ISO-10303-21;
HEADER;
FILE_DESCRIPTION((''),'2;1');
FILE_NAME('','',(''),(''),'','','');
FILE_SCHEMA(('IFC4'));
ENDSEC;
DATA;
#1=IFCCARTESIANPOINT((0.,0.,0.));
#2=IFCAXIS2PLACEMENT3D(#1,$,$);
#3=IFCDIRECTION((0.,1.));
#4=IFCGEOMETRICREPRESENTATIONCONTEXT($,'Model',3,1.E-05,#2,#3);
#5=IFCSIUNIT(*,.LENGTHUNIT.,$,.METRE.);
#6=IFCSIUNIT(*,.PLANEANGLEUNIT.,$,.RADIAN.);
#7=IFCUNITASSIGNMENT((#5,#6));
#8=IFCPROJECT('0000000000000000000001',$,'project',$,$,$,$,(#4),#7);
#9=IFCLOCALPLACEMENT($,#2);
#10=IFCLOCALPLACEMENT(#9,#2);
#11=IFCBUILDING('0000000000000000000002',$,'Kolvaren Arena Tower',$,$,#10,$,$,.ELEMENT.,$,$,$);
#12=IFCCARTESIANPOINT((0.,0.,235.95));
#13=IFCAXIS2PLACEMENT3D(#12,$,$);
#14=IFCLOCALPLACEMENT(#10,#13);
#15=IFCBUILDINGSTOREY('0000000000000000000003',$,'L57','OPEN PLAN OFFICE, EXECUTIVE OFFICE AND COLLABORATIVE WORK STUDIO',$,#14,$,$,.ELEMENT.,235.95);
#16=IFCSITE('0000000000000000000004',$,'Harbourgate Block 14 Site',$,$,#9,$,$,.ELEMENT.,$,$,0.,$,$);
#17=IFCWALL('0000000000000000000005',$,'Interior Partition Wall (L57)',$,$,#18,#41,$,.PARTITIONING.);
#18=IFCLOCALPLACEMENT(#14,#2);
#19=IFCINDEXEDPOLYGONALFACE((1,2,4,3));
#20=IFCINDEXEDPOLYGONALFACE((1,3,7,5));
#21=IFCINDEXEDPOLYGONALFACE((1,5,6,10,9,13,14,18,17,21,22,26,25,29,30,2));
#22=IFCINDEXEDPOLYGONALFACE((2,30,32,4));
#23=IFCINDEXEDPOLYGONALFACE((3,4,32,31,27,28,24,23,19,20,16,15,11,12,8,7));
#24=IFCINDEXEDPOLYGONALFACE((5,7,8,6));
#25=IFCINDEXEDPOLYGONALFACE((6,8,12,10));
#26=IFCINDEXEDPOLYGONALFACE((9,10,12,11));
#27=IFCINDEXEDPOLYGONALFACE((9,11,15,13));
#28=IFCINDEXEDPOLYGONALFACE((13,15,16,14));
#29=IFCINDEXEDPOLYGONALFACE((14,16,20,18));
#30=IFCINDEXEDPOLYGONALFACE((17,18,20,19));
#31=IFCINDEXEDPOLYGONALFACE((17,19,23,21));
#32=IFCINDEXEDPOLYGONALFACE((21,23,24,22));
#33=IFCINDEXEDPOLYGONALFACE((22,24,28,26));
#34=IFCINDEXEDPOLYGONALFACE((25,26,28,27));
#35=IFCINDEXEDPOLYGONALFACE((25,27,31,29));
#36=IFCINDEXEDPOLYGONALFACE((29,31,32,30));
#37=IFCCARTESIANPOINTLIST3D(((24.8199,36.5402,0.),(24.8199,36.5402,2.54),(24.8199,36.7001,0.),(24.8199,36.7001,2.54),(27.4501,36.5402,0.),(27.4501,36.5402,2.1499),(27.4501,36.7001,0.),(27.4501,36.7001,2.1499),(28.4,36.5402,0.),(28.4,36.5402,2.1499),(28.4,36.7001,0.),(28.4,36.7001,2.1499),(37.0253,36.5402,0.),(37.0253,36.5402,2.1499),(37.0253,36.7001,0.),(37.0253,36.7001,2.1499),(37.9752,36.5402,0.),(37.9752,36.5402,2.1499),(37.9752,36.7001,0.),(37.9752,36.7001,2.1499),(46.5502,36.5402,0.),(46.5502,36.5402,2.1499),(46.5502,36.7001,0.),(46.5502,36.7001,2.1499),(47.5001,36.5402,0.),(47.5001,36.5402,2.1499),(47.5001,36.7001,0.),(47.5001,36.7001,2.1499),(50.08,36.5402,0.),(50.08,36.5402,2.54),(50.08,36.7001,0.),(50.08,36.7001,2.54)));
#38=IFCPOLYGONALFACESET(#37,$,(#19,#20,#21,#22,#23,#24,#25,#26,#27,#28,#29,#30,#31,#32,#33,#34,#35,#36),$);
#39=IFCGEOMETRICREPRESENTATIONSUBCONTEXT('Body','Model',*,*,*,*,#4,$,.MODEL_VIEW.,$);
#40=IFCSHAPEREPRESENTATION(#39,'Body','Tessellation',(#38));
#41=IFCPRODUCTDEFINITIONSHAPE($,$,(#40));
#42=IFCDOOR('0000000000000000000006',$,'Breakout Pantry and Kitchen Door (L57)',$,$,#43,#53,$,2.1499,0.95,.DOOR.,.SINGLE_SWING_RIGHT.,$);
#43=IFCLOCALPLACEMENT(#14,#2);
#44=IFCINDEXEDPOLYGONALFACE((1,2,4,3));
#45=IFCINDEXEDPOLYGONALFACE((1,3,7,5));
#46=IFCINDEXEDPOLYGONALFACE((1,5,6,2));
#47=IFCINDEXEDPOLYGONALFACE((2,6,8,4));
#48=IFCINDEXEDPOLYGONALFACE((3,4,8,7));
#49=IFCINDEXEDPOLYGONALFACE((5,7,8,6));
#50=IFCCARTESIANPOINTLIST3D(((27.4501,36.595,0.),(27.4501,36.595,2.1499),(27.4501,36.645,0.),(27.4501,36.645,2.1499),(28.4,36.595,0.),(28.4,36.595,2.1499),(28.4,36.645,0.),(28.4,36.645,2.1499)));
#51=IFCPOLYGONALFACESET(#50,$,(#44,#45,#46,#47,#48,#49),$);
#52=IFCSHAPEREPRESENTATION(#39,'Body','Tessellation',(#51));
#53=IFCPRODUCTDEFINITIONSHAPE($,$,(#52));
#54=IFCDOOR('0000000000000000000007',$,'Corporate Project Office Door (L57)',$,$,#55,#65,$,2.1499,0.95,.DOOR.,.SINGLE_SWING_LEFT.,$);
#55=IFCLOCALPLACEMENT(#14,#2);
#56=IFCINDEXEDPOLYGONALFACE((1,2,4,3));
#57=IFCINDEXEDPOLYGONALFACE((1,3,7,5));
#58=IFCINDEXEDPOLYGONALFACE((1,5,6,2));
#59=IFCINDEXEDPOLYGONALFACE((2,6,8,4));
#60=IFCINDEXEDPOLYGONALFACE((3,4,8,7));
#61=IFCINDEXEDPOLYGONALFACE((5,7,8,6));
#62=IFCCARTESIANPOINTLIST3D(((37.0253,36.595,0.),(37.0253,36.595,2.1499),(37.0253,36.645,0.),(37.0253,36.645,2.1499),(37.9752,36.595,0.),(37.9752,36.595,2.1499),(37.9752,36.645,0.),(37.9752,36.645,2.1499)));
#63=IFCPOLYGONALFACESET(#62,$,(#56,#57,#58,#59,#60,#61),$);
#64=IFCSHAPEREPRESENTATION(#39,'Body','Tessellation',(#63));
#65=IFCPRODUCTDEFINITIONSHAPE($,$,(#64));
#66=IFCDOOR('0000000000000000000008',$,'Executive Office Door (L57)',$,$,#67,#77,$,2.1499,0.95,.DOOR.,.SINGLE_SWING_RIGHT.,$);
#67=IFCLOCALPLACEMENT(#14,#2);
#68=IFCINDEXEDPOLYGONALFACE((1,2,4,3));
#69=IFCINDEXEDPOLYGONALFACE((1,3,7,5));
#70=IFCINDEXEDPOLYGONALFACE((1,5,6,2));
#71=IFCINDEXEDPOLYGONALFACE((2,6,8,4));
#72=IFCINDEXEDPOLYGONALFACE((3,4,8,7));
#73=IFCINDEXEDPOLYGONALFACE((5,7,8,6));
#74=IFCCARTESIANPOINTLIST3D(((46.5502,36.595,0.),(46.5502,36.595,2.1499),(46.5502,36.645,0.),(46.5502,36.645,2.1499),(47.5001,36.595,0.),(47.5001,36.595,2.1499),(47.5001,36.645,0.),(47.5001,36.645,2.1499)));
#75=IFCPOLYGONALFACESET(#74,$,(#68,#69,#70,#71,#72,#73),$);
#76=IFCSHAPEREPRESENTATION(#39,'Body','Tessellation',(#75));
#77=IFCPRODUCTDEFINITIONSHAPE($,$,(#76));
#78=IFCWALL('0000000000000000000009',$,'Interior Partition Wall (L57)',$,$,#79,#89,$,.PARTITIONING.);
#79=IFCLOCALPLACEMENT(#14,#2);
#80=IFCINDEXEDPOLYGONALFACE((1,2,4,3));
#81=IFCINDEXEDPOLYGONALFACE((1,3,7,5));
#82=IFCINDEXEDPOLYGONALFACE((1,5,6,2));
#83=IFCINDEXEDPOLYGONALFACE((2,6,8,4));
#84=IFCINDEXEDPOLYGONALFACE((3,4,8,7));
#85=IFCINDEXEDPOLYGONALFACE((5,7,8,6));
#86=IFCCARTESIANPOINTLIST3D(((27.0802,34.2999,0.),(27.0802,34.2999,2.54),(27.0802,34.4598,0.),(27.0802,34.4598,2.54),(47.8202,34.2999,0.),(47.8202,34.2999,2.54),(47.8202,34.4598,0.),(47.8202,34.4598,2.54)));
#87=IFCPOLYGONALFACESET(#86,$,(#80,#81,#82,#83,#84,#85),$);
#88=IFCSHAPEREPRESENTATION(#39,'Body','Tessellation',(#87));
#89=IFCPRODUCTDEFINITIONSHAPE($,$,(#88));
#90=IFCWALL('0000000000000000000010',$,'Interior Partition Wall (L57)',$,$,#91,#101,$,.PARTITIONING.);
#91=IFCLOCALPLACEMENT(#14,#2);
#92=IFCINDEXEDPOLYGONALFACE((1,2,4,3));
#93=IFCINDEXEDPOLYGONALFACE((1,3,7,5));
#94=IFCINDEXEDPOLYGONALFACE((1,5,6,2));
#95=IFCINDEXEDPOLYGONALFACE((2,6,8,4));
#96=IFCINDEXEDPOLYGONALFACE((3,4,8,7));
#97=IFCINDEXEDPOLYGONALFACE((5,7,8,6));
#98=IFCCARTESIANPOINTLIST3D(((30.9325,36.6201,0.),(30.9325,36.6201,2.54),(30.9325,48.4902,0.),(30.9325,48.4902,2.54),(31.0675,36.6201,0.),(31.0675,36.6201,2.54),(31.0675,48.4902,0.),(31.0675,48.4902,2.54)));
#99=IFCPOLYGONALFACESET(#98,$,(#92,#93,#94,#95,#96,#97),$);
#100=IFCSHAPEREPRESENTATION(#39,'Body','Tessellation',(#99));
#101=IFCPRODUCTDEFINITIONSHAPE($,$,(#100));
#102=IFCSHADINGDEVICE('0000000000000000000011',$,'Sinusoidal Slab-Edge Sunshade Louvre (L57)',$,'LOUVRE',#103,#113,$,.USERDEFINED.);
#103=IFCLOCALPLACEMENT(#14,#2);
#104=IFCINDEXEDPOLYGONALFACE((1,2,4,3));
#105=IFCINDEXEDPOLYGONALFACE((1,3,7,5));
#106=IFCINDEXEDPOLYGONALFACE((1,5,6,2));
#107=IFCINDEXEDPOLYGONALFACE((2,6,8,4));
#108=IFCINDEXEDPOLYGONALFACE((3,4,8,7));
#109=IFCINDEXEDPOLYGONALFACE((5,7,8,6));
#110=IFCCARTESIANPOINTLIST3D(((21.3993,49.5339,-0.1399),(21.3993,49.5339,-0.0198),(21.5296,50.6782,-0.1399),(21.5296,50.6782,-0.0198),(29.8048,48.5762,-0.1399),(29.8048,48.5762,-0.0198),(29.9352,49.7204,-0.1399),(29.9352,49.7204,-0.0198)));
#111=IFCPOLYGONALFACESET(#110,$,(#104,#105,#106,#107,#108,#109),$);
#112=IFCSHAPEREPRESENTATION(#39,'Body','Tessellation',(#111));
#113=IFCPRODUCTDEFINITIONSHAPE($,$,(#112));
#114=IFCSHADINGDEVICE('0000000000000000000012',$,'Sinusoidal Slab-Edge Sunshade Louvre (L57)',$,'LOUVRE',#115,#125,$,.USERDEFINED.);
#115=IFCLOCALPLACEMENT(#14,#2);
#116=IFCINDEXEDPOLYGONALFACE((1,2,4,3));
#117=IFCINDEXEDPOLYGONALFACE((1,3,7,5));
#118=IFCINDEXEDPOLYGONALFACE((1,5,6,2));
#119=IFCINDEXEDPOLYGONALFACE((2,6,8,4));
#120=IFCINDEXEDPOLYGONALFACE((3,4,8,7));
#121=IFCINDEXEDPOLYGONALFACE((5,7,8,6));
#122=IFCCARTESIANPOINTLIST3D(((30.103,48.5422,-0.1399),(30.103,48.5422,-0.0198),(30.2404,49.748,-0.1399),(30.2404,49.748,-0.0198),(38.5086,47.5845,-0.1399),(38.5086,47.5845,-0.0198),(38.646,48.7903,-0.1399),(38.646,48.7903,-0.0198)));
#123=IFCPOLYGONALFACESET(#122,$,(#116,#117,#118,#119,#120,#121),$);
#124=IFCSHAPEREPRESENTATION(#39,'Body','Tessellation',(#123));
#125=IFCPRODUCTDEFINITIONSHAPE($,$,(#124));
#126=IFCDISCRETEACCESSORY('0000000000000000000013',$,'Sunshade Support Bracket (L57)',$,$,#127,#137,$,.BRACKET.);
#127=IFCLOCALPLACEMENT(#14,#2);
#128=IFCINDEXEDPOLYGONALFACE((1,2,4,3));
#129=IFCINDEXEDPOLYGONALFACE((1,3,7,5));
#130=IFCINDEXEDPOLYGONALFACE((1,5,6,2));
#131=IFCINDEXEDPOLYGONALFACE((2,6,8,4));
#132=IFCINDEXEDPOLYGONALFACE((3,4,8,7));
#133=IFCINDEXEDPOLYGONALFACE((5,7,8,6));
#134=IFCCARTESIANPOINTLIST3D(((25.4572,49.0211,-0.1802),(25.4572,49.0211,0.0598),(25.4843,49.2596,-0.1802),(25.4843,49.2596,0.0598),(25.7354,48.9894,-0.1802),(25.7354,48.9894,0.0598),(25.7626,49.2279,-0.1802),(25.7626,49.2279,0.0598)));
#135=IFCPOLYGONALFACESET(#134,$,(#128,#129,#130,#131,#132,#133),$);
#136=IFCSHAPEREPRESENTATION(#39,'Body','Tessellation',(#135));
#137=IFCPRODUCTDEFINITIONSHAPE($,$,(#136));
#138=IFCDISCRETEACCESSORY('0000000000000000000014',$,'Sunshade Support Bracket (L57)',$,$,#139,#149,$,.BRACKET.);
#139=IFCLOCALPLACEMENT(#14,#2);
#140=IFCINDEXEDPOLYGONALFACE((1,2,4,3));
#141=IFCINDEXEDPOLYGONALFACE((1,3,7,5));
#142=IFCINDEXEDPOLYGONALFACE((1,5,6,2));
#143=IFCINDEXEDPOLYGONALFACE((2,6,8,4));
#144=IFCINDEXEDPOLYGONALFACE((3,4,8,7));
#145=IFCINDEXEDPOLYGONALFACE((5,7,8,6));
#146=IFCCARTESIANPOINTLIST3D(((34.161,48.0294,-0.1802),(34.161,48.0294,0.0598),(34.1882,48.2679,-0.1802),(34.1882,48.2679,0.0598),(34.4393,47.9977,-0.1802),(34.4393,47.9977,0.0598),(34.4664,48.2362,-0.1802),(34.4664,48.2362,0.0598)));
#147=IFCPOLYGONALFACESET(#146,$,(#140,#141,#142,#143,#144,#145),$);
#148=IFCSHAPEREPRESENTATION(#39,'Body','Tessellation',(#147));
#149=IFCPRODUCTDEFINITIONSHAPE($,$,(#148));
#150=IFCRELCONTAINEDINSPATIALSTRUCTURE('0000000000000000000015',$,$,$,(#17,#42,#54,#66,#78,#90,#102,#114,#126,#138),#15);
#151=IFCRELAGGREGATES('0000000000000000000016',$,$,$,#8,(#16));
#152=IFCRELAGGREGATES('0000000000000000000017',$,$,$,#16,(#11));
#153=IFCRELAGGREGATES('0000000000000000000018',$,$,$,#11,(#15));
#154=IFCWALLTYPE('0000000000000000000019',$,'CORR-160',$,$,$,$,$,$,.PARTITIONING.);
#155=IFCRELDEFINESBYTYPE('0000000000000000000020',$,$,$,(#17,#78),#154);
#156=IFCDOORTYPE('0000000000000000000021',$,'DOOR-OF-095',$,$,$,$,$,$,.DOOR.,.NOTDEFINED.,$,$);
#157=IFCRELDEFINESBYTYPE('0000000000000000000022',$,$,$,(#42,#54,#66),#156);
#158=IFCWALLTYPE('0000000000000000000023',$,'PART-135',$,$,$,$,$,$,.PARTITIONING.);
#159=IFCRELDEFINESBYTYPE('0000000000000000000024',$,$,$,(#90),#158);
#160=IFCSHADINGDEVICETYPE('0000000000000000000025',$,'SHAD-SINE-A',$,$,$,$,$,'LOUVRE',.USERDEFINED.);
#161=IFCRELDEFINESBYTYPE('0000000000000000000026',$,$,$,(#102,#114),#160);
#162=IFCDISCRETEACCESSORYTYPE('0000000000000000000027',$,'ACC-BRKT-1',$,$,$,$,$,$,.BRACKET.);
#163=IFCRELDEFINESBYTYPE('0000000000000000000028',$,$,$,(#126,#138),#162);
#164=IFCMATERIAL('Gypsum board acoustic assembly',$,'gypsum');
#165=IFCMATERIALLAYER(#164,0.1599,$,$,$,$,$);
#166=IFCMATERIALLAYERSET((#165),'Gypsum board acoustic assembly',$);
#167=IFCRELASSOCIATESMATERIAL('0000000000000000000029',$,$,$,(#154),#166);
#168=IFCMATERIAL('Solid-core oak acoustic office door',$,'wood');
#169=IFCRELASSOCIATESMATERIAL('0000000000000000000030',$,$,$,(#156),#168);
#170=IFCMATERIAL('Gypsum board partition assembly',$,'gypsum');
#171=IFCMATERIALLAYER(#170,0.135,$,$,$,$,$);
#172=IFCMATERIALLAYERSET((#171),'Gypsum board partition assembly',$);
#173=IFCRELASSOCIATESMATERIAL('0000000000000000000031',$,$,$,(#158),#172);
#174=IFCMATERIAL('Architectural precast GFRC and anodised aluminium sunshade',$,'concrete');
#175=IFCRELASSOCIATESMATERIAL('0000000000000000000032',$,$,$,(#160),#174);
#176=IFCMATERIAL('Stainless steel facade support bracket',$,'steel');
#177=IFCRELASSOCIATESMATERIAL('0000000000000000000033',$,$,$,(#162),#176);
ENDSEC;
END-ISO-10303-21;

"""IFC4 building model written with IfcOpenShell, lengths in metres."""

from ifc_helpers import new_model, si_unit, direction, frame, frame_2d, origin, origin_2d, place, context, subcontext, project, spatial, rectangle, extrude, material, layer, layer_set, type_object, element, fill, save


model = new_model("IFC4")

# Units and contexts
model_context = context("Model", 3, precision=1e-05, world=origin(), true_north=direction((0.0, 1.0)))
body_context = subcontext(model_context, "Body", "Model", "MODEL_VIEW")
ifc_project = project(units=[si_unit("LENGTHUNIT", "METRE"), si_unit("PLANEANGLEUNIT", "RADIAN")], contexts=[model_context])

# Site, building, storey
site_placement = place(None, origin())
site = spatial("IfcSite", under=ifc_project, at=site_placement, Name="Harbourgate Block 14 Site", CompositionType="ELEMENT", RefElevation=0.0)
building_placement = place(site_placement, origin())
building = spatial("IfcBuilding", under=site, at=building_placement, Name="Kolvaren Arena Tower", CompositionType="ELEMENT")
storey_placement = place(building_placement, frame((0.0, 0.0, 235.95)))
storey = spatial("IfcBuildingStorey", under=building, at=storey_placement, Name="L57", Description="OPEN PLAN OFFICE, EXECUTIVE OFFICE AND COLLABORATIVE WORK STUDIO", CompositionType="ELEMENT", Elevation=235.95)

# Shared definitions
ifc_material_1 = material(Name="Gypsum board acoustic assembly", Category="gypsum")
ifc_layer_1 = layer(ifc_material_1, 0.1599)
ifc_layer_set_1 = layer_set([ifc_layer_1], Name="Gypsum board acoustic assembly")
wall_type_1 = type_object("IfcWallType", Name="CORR-160", PredefinedType="PARTITIONING", material=ifc_layer_set_1)

# Wall, openings, doors
wall_1_placement = place(storey_placement, frame((24.8201, 36.6201, 0.0), z_axis=(0.0, 0.0, 1.0), x_axis=(1.0, 0.0, 0.0)))
wall_1 = element("IfcWall", 1, at=wall_1_placement, inside=storey, type_object=wall_type_1, Name="Interior Partition Wall (L57)", PredefinedType="PARTITIONING", context=body_context, shape_type="SweptSolid", body=[
    extrude(rectangle(XDim=25.26, YDim=0.1599, at=frame_2d((12.6299, 0.0))), origin(), (0.0, 0.0, 1.0), 2.54),
])
opening_1_placement = place(wall_1_placement, frame((2.6299, 0.0, 0.0)))
opening_1 = element("IfcOpeningElement", 2, at=opening_1_placement, cuts=wall_1, PredefinedType="OPENING", context=body_context, shape_type="SweptSolid", body=[
    extrude(rectangle(XDim=0.95, YDim=2.1499, at=frame_2d((0.4751, 1.075))), frame((0.0, 0.0898, 0.0), z_axis=(0.0, -1.0, 0.0), x_axis=(1.0, 0.0, 0.0)), (0.0, 0.0, 1.0), 0.1799),
])
opening_2_placement = place(wall_1_placement, frame((12.2051, 0.0, 0.0)))
opening_2 = element("IfcOpeningElement", 3, at=opening_2_placement, cuts=wall_1, PredefinedType="OPENING", context=body_context, shape_type="SweptSolid", body=[
    extrude(rectangle(XDim=0.95, YDim=2.1499, at=frame_2d((0.4751, 1.075))), frame((0.0, 0.0898, 0.0), z_axis=(0.0, -1.0, 0.0), x_axis=(1.0, 0.0, 0.0)), (0.0, 0.0, 1.0), 0.1799),
])
opening_3_placement = place(wall_1_placement, frame((21.73, 0.0, 0.0)))
opening_3 = element("IfcOpeningElement", 4, at=opening_3_placement, cuts=wall_1, PredefinedType="OPENING", context=body_context, shape_type="SweptSolid", body=[
    extrude(rectangle(XDim=0.95, YDim=2.1499, at=frame_2d((0.4751, 1.075))), frame((0.0, 0.0898, 0.0), z_axis=(0.0, -1.0, 0.0), x_axis=(1.0, 0.0, 0.0)), (0.0, 0.0, 1.0), 0.1799),
])
ifc_material_2 = material(Name="Solid-core oak acoustic office door", Category="wood")
door_type = type_object("IfcDoorType", Name="DOOR-OF-095", OperationType="NOTDEFINED", PredefinedType="DOOR", material=ifc_material_2)
door_1_placement = place(opening_1_placement, origin())
door_1 = element("IfcDoor", 5, at=door_1_placement, inside=storey, type_object=door_type, Name="Breakout Pantry and Kitchen Door (L57)", OperationType="SINGLE_SWING_RIGHT", OverallHeight=2.1499, OverallWidth=0.95, PredefinedType="DOOR", context=body_context, shape_type="SweptSolid", body=[
    extrude(rectangle(XDim=0.95, YDim=2.1499, at=frame_2d((0.4751, 1.075))), frame((0.0, 0.0249, 0.0), z_axis=(0.0, -1.0, 0.0), x_axis=(1.0, 0.0, 0.0)), (0.0, 0.0, 1.0), 0.05),
])
fill(opening_1, door_1)
door_2_placement = place(opening_2_placement, origin())
door_2 = element("IfcDoor", 6, at=door_2_placement, inside=storey, type_object=door_type, Name="Corporate Project Office Door (L57)", OperationType="SINGLE_SWING_LEFT", OverallHeight=2.1499, OverallWidth=0.95, PredefinedType="DOOR", context=body_context, shape_type="SweptSolid", body=[
    extrude(rectangle(XDim=0.95, YDim=2.1499, at=frame_2d((0.4751, 1.075))), frame((0.0, 0.0249, 0.0), z_axis=(0.0, -1.0, 0.0), x_axis=(1.0, 0.0, 0.0)), (0.0, 0.0, 1.0), 0.05),
])
fill(opening_2, door_2)
door_3_placement = place(opening_3_placement, origin())
door_3 = element("IfcDoor", 7, at=door_3_placement, inside=storey, type_object=door_type, Name="Executive Office Door (L57)", OperationType="SINGLE_SWING_RIGHT", OverallHeight=2.1499, OverallWidth=0.95, PredefinedType="DOOR", context=body_context, shape_type="SweptSolid", body=[
    extrude(rectangle(XDim=0.95, YDim=2.1499, at=frame_2d((0.4751, 1.075))), frame((0.0, 0.0249, 0.0), z_axis=(0.0, -1.0, 0.0), x_axis=(1.0, 0.0, 0.0)), (0.0, 0.0, 1.0), 0.05),
])
fill(opening_3, door_3)

# Walls
wall_2_placement = place(storey_placement, frame((27.0801, 34.3799, 0.0), z_axis=(0.0, 0.0, 1.0), x_axis=(1.0, 0.0, 0.0)))
element("IfcWall", 8, at=wall_2_placement, inside=storey, type_object=wall_type_1, Name="Interior Partition Wall (L57)", PredefinedType="PARTITIONING", context=body_context, shape_type="SweptSolid", body=[
    extrude(rectangle(XDim=20.74, YDim=0.1599, at=frame_2d((10.3701, 0.0))), origin(), (0.0, 0.0, 1.0), 2.54),
])
ifc_material_3 = material(Name="Gypsum board partition assembly", Category="gypsum")
ifc_layer_2 = layer(ifc_material_3, 0.135)
ifc_layer_set_2 = layer_set([ifc_layer_2], Name="Gypsum board partition assembly")
wall_type_2 = type_object("IfcWallType", Name="PART-135", PredefinedType="PARTITIONING", material=ifc_layer_set_2)
wall_3_placement = place(storey_placement, frame((31.0, 36.6201, 0.0), z_axis=(0.0, 0.0, 1.0), x_axis=(0.0, 1.0, 0.0)))
element("IfcWall", 9, at=wall_3_placement, inside=storey, type_object=wall_type_2, Name="Interior Partition Wall (L57)", PredefinedType="PARTITIONING", context=body_context, shape_type="SweptSolid", body=[
    extrude(rectangle(XDim=11.8701, YDim=0.135, at=frame_2d((5.9351, 0.0))), origin(), (0.0, 0.0, 1.0), 2.54),
])

# Shading devices
ifc_material_4 = material(Name="Architectural precast GFRC and anodised aluminium sunshade", Category="concrete")
shading_device_type = type_object("IfcShadingDeviceType", Name="SHAD-SINE-A", ElementType="LOUVRE", PredefinedType="USERDEFINED", material=ifc_material_4)
shading_device_1_placement = place(storey_placement, frame((25.6672, 49.6272, -0.1399), z_axis=(0.0, 0.0, 1.0), x_axis=(0.993572, -0.113205, 0.0)))
element("IfcShadingDevice", 10, at=shading_device_1_placement, inside=storey, type_object=shading_device_type, Name="Sinusoidal Slab-Edge Sunshade Louvre (L57)", ObjectType="LOUVRE", PredefinedType="USERDEFINED", context=body_context, shape_type="SweptSolid", body=[
    extrude(rectangle(XDim=8.46, YDim=1.1516, at=origin_2d()), origin(), (0.0, 0.0, 1.0), 0.1201),
])
shading_device_2_placement = place(storey_placement, frame((34.3745, 48.6663, -0.1399), z_axis=(0.0, 0.0, 1.0), x_axis=(0.993572, -0.113205, 0.0)))
element("IfcShadingDevice", 11, at=shading_device_2_placement, inside=storey, type_object=shading_device_type, Name="Sinusoidal Slab-Edge Sunshade Louvre (L57)", ObjectType="LOUVRE", PredefinedType="USERDEFINED", context=body_context, shape_type="SweptSolid", body=[
    extrude(rectangle(XDim=8.46, YDim=1.2136, at=origin_2d()), origin(), (0.0, 0.0, 1.0), 0.1201),
])

# Discrete accessories
ifc_material_5 = material(Name="Stainless steel facade support bracket", Category="steel")
discrete_accessory_type = type_object("IfcDiscreteAccessoryType", Name="ACC-BRKT-1", PredefinedType="BRACKET", material=ifc_material_5)
for number, where, z_axis, x_axis, name in (
    (12, (25.6099, 49.1245, -0.1802), (0.0, 0.0, 1.0), (0.993572, -0.113205, 0.0), "Sunshade Support Bracket (L57)"),
    (13, (34.3137, 48.1328, -0.1802), (0.0, 0.0, 1.0), (0.993572, -0.113205, 0.0), "Sunshade Support Bracket (L57)"),
):
    element("IfcDiscreteAccessory", number, at=place(storey_placement, frame(where, z_axis=z_axis, x_axis=x_axis)), inside=storey, type_object=discrete_accessory_type, Name=name, PredefinedType="BRACKET", context=body_context, shape_type="SweptSolid", body=[
        extrude(rectangle(XDim=0.28, YDim=0.24, at=origin_2d()), origin(), (0.0, 0.0, 1.0), 0.24),
    ])

save(model, "model.ifc")
